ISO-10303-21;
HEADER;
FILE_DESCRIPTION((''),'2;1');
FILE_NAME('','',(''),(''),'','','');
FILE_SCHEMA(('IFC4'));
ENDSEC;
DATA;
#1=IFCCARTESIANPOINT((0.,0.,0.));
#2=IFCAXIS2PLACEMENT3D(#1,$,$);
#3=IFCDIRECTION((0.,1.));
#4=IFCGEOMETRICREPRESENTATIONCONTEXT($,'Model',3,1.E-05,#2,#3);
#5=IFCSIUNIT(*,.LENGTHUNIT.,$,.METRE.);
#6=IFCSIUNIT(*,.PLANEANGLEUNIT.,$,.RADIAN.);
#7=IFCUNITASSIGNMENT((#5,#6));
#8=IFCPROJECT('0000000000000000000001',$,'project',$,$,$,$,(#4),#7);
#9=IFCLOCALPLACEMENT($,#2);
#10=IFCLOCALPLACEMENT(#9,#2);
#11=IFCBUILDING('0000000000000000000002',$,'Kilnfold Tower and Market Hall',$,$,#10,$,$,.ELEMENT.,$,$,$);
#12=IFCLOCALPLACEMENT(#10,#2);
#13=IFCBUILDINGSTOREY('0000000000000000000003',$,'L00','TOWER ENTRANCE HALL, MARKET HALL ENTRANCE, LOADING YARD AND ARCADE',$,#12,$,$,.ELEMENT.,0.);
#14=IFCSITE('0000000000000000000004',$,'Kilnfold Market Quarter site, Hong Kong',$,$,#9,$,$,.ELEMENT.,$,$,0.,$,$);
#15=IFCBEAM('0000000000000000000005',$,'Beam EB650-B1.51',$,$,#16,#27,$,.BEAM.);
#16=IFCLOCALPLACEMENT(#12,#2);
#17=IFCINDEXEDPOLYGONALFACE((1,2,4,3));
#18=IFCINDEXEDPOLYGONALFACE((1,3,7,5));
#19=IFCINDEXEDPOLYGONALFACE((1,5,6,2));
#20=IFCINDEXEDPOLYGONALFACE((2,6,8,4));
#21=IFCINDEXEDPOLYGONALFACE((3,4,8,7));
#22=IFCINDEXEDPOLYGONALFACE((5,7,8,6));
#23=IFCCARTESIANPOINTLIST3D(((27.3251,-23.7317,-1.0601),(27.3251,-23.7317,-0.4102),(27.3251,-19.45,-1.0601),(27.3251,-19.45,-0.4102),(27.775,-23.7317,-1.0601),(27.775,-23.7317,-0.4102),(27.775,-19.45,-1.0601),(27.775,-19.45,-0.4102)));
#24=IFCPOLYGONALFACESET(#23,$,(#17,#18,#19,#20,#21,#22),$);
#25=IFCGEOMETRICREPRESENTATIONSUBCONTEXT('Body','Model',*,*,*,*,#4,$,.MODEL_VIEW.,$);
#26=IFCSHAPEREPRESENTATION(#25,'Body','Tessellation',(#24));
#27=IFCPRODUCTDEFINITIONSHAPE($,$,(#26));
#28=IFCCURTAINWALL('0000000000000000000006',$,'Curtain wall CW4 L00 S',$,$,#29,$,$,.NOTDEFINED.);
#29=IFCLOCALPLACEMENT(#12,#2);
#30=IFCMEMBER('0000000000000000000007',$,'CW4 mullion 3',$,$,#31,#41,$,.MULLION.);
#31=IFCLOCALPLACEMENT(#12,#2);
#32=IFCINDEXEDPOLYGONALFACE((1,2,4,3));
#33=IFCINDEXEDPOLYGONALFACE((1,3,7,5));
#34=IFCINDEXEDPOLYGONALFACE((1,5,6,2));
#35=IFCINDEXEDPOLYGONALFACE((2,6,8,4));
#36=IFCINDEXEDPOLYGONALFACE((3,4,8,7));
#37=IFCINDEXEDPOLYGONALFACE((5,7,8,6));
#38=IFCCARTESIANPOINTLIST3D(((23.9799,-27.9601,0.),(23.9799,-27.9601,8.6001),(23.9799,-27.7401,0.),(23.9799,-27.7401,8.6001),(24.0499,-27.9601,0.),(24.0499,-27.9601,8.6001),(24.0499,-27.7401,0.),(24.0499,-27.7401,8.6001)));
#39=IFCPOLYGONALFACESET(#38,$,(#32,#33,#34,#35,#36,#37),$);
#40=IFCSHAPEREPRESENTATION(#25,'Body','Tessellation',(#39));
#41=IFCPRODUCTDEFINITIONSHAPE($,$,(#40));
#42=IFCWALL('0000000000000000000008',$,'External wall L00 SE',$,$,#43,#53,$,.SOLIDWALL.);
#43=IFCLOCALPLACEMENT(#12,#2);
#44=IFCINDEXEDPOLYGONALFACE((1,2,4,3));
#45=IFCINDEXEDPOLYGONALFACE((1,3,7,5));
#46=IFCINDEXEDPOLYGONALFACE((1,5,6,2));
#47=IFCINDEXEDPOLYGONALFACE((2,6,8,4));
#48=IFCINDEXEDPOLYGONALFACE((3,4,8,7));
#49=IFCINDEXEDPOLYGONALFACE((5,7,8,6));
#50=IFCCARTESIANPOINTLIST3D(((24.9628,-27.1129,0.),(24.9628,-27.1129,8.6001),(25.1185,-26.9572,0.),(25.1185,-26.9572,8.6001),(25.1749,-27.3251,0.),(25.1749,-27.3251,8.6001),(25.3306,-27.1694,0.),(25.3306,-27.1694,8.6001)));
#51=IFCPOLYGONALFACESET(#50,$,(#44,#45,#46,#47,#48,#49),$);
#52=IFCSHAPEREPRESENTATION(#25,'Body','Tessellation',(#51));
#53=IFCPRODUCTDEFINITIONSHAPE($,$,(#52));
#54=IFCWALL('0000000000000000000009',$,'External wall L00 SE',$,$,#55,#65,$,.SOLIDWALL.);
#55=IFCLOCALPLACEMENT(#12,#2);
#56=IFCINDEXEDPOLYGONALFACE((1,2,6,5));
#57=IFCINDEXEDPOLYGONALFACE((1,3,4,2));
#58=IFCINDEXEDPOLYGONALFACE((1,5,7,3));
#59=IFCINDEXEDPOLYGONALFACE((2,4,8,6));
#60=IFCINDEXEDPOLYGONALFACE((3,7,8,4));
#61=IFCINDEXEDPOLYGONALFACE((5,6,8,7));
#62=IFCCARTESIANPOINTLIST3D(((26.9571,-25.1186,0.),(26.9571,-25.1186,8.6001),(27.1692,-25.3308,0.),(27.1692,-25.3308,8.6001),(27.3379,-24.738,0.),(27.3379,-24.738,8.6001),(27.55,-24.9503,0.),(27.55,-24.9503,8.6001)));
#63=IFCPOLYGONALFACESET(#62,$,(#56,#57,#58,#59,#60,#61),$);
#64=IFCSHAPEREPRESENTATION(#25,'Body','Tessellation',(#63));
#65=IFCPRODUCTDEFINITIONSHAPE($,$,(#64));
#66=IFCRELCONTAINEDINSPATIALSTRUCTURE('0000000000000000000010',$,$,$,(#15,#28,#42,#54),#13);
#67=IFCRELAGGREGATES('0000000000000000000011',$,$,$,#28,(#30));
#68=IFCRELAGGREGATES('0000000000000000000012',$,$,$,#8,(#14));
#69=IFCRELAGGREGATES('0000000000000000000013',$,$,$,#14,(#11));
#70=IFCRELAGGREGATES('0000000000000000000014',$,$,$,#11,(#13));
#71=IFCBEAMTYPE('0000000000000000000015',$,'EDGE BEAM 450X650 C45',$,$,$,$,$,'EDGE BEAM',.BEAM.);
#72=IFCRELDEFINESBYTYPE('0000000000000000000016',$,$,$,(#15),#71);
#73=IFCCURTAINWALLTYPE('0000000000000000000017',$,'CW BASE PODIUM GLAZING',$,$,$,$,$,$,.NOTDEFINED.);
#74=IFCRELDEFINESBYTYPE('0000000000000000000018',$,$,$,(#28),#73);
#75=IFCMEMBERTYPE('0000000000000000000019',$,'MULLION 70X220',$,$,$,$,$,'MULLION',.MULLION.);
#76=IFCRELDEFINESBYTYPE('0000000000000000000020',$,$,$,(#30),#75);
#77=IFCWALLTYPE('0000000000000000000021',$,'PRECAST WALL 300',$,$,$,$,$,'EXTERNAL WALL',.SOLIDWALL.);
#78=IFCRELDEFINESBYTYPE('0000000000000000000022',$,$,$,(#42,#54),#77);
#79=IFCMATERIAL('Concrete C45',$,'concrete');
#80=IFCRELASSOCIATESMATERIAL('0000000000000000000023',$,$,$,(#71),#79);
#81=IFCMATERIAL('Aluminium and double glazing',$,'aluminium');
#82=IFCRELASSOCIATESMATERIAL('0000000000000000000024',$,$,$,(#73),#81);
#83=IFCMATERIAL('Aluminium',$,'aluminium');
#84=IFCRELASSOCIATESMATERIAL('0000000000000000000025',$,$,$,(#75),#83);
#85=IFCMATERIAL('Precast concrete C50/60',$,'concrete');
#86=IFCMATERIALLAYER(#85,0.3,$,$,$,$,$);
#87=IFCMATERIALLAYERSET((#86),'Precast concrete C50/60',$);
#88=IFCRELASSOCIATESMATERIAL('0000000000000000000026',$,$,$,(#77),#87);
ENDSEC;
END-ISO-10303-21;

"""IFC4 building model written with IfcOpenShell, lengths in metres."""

from ifc_helpers import new_model, si_unit, direction, frame, frame_2d, origin, origin_2d, place, context, subcontext, project, spatial, rectangle, extrude, source, transform, mapped, material, layer, layer_set, material_profile, profile_set, type_object, element, aggregate, save


model = new_model("IFC4")

# Units and contexts
model_context = context("Model", 3, precision=1e-05, world=origin(), true_north=direction((0.0, 1.0)))
body_context = subcontext(model_context, "Body", "Model", "MODEL_VIEW")
ifc_project = project(units=[si_unit("LENGTHUNIT", "METRE"), si_unit("PLANEANGLEUNIT", "RADIAN")], contexts=[model_context])

# Site, building, storey
site_placement = place(None, origin())
site = spatial("IfcSite", under=ifc_project, at=site_placement, Name="Kilnfold Market Quarter site, Hong Kong", CompositionType="ELEMENT", RefElevation=0.0)
building_placement = place(site_placement, origin())
building = spatial("IfcBuilding", under=site, at=building_placement, Name="Kilnfold Tower and Market Hall", CompositionType="ELEMENT")
storey_placement = place(building_placement, origin())
storey = spatial("IfcBuildingStorey", under=building, at=storey_placement, Name="L00", Description="TOWER ENTRANCE HALL, MARKET HALL ENTRANCE, LOADING YARD AND ARCADE", CompositionType="ELEMENT", Elevation=0.0)

# Beam
ifc_material_1 = material(Name="Concrete C45", Category="concrete")
ifc_material_profile_1 = material_profile(ifc_material_1, rectangle(XDim=0.45, YDim=0.6499, at=origin_2d()), Name="RC 450x650")
ifc_profile_set_1 = profile_set([ifc_material_profile_1], Name="Concrete C45")
beam_type_1 = type_object("IfcBeamType", Name="EDGE BEAM 450X650 C45", ElementType="EDGE BEAM", PredefinedType="BEAM", material=ifc_profile_set_1)
shared_shape_1 = source(origin(), body_context, "Body", "SweptSolid", [
    extrude(rectangle(XDim=0.45, YDim=0.6499, at=origin_2d()), origin(), (0.0, 0.0, 1.0), 4.2817),
])
beam_1_placement = place(storey_placement, frame((27.55, -23.7317, -0.7351), z_axis=(0.0, 1.0, 0.0), x_axis=(-1.0, 0.0, 0.0)))
element("IfcBeam", 1, at=beam_1_placement, inside=storey, type_object=beam_type_1, Name="Beam EB650-B1.51", PredefinedType="BEAM", context=body_context, shape_type="MappedRepresentation", body=[
    mapped(shared_shape_1, transform((0.0, 0.0, 0.0))),
])

# Curtain wall, member
ifc_material_2 = material(Name="Aluminium and double glazing", Category="aluminium")
curtain_wall_type = type_object("IfcCurtainWallType", Name="CW BASE PODIUM GLAZING", PredefinedType="NOTDEFINED", material=ifc_material_2)
curtain_wall_placement = place(storey_placement, origin())
curtain_wall = element("IfcCurtainWall", 2, at=curtain_wall_placement, inside=storey, type_object=curtain_wall_type, Name="Curtain wall CW4 L00 S", PredefinedType="NOTDEFINED")
ifc_material_3 = material(Name="Aluminium", Category="aluminium")
ifc_material_profile_2 = material_profile(ifc_material_3, rectangle(XDim=0.0701, YDim=0.22, at=origin_2d()), Name="MULLION 70x220")
ifc_profile_set_2 = profile_set([ifc_material_profile_2], Name="Aluminium")
member_type = type_object("IfcMemberType", Name="MULLION 70X220", ElementType="MULLION", PredefinedType="MULLION", material=ifc_profile_set_2)
shared_shape_2 = source(origin(), body_context, "Body", "SweptSolid", [
    extrude(rectangle(XDim=0.0701, YDim=0.22, at=origin_2d()), origin(), (0.0, 0.0, 1.0), 8.6001),
])
member_placement = place(storey_placement, frame((24.0149, -27.8501, 0.0), z_axis=(0.0, 0.0, 1.0), x_axis=(1.0, 0.0, 0.0)))
member = element("IfcMember", 3, at=member_placement, type_object=member_type, Name="CW4 mullion 3", PredefinedType="MULLION", context=body_context, shape_type="MappedRepresentation", body=[
    mapped(shared_shape_2, transform((0.0, 0.0, 0.0))),
])
aggregate(curtain_wall, [member])

# Shared definitions
ifc_material_4 = material(Name="Precast concrete C50/60", Category="concrete")
ifc_layer = layer(ifc_material_4, 0.3)
ifc_layer_set = layer_set([ifc_layer], Name="Precast concrete C50/60")
wall_type = type_object("IfcWallType", Name="PRECAST WALL 300", ElementType="EXTERNAL WALL", PredefinedType="SOLIDWALL", material=ifc_layer_set)

# Walls
shared_shape_3 = source(origin(), body_context, "Body", "SweptSolid", [
    extrude(rectangle(XDim=0.2202, YDim=0.3, at=frame_2d((0.1101, 0.0))), origin(), (0.0, 0.0, 1.0), 8.6001),
])
wall_1_placement = place(storey_placement, frame((25.0688, -27.219, 0.0), z_axis=(0.0, 0.0, 1.0), x_axis=(0.707107, 0.707107, 0.0)))
element("IfcWall", 4, at=wall_1_placement, inside=storey, type_object=wall_type, Name="External wall L00 SE", PredefinedType="SOLIDWALL", context=body_context, shape_type="MappedRepresentation", body=[
    mapped(shared_shape_3, transform((0.0, 0.0, 0.0))),
])
shared_shape_4 = source(origin(), body_context, "Body", "SweptSolid", [
    extrude(rectangle(XDim=0.5383, YDim=0.3, at=frame_2d((0.269, 0.0))), origin(), (0.0, 0.0, 1.0), 8.6001),
])
wall_2_placement = place(storey_placement, frame((27.0632, -25.2246, 0.0), z_axis=(0.0, 0.0, 1.0), x_axis=(0.707333, 0.70688, 0.0)))
element("IfcWall", 5, at=wall_2_placement, inside=storey, type_object=wall_type, Name="External wall L00 SE", PredefinedType="SOLIDWALL", context=body_context, shape_type="MappedRepresentation", body=[
    mapped(shared_shape_4, transform((0.0, 0.0, 0.0))),
])

save(model, "model.ifc")
